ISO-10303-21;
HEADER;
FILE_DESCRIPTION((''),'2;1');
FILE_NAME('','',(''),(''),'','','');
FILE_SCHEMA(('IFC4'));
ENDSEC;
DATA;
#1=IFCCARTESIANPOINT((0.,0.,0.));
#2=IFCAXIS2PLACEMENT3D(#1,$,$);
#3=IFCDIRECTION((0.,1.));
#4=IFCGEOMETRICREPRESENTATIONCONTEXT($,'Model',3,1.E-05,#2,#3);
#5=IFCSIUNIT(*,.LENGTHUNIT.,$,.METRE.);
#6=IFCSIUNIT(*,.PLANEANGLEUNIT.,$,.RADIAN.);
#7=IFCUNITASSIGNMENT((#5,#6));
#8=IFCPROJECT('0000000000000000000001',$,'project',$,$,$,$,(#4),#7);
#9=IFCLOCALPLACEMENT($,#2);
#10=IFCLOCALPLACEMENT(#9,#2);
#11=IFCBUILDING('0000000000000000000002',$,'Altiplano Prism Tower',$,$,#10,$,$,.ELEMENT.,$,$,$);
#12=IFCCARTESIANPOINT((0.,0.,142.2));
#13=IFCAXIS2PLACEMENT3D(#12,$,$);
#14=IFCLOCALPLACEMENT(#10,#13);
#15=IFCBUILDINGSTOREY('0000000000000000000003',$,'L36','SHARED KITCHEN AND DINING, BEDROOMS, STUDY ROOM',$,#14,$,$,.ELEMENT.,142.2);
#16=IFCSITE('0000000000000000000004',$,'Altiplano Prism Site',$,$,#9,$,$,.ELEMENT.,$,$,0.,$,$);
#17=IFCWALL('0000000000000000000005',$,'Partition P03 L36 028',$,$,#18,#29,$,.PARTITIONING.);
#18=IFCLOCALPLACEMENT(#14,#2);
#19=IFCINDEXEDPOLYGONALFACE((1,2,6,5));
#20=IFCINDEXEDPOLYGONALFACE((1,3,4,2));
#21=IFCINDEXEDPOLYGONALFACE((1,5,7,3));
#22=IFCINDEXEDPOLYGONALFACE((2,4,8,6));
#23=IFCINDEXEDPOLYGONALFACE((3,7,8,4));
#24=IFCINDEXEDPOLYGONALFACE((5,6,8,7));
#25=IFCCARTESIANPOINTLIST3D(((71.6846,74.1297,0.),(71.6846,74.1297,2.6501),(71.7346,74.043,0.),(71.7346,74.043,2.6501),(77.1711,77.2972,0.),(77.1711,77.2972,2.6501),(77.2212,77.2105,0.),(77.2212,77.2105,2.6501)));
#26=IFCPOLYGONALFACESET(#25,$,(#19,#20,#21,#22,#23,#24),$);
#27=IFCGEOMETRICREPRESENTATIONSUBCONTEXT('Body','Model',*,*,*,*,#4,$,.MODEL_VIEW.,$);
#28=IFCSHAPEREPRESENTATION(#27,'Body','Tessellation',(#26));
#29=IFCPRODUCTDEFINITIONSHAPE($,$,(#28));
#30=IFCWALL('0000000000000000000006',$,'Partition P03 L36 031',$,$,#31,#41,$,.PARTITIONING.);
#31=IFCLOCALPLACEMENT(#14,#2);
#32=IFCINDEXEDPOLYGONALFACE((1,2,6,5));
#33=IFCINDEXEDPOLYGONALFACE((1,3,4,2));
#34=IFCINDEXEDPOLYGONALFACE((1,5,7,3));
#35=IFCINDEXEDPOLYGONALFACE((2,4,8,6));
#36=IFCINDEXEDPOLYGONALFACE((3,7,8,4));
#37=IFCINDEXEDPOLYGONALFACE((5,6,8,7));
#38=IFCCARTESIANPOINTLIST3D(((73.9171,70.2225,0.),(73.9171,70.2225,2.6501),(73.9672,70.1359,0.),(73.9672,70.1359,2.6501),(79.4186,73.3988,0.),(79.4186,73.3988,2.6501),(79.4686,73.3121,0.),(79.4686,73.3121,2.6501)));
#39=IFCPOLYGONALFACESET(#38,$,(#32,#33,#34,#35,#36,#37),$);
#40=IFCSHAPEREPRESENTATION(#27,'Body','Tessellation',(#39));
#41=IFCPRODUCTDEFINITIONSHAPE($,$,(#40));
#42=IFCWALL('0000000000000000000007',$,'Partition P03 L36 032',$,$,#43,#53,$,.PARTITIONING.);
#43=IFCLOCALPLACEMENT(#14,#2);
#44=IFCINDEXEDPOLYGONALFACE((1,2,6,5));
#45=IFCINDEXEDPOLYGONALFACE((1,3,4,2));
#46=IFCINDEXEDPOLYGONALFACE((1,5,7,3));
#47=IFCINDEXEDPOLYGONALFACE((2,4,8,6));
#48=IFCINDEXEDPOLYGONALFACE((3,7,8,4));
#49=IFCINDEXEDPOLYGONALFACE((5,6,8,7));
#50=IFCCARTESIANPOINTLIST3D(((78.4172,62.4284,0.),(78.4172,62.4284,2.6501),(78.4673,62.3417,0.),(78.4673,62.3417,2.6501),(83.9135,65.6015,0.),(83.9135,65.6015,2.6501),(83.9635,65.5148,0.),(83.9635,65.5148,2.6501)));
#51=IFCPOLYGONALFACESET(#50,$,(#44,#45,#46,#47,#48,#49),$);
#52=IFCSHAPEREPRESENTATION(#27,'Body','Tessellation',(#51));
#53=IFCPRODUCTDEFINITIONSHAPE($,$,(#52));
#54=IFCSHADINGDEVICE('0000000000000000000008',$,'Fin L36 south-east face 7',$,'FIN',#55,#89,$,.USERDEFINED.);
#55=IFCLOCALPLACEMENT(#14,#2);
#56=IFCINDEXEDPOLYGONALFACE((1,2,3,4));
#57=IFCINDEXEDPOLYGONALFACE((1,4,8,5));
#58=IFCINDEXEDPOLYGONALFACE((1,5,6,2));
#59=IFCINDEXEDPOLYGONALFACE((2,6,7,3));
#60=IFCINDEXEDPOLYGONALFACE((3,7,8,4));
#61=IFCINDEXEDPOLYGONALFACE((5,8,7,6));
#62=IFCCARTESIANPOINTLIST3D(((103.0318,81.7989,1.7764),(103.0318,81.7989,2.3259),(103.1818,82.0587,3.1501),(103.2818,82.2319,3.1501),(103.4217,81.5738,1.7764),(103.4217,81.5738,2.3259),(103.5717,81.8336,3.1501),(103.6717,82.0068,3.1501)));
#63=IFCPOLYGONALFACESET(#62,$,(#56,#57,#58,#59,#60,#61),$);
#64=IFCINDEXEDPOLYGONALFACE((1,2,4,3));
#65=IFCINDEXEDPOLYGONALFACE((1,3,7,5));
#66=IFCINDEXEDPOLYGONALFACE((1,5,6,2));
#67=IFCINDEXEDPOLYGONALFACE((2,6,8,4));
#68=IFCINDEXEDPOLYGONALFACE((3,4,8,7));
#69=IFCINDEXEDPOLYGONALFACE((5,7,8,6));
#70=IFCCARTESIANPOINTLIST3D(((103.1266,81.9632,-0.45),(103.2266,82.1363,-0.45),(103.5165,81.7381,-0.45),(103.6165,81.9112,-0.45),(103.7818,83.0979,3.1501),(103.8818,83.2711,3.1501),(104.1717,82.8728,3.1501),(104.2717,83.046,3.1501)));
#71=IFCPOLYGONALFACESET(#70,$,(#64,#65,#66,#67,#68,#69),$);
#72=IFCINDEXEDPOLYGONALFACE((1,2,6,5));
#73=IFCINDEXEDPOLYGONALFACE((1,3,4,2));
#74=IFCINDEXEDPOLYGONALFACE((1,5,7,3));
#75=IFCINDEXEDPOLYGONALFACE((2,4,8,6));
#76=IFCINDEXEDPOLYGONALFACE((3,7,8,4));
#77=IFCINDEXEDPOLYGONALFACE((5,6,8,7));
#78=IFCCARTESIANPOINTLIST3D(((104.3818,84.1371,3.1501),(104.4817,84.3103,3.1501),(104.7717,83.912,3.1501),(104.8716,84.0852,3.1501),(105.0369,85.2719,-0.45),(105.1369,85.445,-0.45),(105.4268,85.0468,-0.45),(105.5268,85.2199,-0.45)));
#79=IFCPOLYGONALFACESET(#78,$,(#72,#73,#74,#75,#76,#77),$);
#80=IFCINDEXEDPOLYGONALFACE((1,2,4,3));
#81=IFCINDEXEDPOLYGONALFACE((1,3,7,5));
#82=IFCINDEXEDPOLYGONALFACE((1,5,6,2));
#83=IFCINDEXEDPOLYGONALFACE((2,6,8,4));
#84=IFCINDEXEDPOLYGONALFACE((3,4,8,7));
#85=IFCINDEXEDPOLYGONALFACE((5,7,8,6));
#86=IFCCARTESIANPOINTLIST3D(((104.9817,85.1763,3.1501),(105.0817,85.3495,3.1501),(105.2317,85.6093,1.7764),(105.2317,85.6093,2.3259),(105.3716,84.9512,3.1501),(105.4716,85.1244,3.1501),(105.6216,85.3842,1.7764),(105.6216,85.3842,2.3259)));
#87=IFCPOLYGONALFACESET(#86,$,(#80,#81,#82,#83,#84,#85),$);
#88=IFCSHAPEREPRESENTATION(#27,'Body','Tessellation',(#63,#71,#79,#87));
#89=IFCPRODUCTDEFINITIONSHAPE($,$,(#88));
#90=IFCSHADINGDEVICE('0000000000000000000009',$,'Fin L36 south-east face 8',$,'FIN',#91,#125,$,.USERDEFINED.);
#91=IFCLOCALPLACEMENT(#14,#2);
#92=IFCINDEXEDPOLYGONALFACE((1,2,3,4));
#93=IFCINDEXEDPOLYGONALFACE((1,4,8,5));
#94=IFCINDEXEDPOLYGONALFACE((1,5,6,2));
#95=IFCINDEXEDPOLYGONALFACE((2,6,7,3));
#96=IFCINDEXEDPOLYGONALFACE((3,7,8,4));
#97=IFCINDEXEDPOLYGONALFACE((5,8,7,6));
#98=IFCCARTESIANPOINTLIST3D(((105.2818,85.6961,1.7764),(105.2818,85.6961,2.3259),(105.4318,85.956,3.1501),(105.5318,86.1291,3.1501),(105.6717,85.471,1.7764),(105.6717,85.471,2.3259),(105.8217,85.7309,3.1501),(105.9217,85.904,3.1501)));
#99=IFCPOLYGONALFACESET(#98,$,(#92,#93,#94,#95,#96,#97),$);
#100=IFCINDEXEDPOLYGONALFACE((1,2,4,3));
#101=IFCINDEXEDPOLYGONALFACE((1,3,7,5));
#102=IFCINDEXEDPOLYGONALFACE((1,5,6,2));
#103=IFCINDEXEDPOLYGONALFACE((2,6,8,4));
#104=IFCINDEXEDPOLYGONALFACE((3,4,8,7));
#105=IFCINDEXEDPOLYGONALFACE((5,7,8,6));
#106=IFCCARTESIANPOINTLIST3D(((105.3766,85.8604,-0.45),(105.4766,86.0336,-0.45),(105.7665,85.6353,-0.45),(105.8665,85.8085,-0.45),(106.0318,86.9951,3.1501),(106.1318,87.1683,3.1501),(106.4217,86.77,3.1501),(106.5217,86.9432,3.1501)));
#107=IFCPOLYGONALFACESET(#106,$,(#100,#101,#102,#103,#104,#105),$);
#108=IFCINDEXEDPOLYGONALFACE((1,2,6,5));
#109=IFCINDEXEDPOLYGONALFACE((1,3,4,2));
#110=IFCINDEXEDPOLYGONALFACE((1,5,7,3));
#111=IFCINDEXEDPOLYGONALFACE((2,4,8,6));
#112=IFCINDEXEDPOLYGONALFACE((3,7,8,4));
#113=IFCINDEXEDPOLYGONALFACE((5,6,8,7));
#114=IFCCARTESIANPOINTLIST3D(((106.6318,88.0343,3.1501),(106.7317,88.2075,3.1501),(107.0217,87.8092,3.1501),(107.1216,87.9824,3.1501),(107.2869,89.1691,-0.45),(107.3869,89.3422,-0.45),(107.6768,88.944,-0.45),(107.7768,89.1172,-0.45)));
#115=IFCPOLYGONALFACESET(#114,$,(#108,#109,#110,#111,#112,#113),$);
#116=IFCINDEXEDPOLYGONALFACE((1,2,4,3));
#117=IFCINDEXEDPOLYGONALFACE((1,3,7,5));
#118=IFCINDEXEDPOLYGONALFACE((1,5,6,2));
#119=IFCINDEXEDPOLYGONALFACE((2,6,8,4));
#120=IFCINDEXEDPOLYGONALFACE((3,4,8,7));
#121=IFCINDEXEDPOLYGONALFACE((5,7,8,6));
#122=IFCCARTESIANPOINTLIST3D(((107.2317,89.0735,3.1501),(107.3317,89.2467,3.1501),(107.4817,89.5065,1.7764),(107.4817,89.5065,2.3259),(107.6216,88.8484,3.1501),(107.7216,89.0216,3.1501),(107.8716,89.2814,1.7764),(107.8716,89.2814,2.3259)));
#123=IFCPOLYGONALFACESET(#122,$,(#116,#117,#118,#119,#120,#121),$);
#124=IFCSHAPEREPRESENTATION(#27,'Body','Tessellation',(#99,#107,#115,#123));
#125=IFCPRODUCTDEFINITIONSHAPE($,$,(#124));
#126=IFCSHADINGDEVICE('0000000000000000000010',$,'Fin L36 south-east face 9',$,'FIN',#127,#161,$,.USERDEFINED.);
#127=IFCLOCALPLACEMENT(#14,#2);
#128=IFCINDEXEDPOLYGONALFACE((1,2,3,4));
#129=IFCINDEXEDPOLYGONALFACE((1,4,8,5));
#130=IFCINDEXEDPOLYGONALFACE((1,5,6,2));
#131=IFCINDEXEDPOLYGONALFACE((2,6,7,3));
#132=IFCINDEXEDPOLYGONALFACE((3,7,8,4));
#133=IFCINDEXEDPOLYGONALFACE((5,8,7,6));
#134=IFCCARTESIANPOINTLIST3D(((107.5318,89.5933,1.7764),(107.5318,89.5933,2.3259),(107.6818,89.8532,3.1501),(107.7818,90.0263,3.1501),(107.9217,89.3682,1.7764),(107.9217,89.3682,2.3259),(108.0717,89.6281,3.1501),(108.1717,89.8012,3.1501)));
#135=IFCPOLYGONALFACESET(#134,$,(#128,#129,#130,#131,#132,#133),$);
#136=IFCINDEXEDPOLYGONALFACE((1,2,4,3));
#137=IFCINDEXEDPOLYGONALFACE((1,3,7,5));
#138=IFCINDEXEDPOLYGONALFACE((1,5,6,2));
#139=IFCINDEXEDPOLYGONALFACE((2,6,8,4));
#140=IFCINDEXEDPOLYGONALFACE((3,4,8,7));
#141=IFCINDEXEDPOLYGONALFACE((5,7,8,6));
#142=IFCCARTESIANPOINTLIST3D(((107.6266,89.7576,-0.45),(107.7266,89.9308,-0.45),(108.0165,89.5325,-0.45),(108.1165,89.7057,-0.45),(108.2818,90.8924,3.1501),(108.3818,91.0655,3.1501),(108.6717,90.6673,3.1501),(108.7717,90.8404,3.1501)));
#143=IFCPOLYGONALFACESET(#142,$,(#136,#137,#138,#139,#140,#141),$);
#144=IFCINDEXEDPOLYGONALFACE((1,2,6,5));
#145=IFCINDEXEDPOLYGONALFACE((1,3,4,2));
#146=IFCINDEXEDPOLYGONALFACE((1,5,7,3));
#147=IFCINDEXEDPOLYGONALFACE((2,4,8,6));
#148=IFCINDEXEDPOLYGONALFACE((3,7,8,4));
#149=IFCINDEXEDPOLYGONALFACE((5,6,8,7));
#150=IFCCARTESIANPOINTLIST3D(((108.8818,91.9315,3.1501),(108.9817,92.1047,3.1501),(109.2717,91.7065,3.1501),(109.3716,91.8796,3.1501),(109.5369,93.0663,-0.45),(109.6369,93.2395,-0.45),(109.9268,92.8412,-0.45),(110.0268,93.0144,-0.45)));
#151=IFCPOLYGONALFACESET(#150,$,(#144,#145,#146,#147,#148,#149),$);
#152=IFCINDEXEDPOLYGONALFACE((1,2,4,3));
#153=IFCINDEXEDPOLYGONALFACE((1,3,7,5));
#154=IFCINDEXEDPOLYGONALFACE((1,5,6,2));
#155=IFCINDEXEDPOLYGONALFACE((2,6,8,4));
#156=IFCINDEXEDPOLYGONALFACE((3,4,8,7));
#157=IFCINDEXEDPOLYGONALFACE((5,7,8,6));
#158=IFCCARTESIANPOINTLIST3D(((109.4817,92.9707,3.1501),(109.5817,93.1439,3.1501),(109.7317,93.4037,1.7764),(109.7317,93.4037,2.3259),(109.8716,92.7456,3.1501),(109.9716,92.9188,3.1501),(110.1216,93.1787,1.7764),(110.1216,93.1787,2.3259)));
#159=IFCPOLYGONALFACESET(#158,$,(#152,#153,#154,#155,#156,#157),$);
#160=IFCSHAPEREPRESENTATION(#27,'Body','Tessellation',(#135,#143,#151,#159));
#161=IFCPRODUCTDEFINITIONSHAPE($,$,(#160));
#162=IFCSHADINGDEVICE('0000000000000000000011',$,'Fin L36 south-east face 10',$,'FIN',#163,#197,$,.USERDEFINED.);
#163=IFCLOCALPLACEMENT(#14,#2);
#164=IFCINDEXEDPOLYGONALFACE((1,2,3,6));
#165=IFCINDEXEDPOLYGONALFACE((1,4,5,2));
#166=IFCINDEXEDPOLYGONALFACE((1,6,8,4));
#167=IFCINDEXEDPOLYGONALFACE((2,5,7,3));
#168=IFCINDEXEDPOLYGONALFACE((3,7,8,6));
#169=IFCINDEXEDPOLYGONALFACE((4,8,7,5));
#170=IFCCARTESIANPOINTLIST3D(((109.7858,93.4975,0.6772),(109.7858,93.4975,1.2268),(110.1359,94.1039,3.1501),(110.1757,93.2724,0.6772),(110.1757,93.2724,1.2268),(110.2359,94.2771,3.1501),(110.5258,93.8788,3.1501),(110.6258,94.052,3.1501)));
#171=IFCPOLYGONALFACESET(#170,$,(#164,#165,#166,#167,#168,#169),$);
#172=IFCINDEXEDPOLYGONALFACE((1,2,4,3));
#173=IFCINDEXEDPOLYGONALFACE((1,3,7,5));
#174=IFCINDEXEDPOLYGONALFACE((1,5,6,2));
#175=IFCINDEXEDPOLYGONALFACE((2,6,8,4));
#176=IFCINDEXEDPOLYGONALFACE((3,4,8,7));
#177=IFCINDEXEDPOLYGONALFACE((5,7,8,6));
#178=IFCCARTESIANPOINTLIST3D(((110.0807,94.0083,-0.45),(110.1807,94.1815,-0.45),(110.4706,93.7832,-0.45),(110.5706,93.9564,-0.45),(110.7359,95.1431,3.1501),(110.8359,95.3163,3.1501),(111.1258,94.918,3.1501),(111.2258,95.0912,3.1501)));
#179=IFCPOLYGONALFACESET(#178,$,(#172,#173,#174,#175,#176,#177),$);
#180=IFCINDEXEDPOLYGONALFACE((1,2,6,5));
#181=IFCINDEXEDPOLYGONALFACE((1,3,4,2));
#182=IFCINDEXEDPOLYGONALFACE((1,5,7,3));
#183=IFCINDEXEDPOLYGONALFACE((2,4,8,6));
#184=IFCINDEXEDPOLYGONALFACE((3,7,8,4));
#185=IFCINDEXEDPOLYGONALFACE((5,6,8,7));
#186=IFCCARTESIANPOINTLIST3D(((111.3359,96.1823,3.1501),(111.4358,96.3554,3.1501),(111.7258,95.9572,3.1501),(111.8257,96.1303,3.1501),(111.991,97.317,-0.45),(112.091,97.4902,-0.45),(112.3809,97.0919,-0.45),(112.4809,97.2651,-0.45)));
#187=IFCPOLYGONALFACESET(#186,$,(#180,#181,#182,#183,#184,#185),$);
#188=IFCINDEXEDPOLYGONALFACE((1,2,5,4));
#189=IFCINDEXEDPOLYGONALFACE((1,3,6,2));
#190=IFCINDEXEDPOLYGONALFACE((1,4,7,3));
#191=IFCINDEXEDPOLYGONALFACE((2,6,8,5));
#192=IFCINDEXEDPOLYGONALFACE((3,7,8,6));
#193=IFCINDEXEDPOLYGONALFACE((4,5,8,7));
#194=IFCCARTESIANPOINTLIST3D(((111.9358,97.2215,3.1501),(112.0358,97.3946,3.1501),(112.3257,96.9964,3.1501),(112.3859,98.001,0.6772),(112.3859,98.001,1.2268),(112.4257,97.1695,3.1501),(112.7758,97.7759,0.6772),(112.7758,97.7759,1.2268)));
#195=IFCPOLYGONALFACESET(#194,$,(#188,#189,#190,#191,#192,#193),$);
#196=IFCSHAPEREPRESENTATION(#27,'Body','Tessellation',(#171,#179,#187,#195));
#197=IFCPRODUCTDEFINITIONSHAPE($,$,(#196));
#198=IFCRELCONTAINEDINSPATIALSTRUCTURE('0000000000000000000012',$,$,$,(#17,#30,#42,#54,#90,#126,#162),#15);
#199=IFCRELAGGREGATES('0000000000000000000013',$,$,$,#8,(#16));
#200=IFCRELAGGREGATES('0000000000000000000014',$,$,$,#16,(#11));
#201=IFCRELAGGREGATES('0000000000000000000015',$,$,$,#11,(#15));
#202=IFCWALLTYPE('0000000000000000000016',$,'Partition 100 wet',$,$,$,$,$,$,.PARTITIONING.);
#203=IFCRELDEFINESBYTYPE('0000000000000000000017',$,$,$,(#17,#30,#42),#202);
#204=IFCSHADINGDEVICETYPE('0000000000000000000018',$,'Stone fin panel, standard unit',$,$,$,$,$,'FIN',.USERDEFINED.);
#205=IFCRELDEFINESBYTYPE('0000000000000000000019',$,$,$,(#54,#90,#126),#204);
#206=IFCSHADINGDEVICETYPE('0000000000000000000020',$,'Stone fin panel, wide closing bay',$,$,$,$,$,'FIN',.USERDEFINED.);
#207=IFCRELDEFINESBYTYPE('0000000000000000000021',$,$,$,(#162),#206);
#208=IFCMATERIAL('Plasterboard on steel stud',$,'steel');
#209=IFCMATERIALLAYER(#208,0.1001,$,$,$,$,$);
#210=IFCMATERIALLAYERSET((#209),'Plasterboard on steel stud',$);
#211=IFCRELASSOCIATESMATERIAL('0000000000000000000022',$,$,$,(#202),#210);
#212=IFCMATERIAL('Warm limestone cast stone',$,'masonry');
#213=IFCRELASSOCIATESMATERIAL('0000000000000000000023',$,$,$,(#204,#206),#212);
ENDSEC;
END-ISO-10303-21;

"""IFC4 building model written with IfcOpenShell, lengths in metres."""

from ifc_helpers import new_model, si_unit, direction, frame, frame_2d, origin, place, context, subcontext, project, spatial, polyline, rectangle, outline, extrude, source, transform, mapped, material, layer, layer_set, type_object, element, save


model = new_model("IFC4")

# Units and contexts
model_context = context("Model", 3, precision=1e-05, world=origin(), true_north=direction((0.0, 1.0)))
body_context = subcontext(model_context, "Body", "Model", "MODEL_VIEW")
ifc_project = project(units=[si_unit("LENGTHUNIT", "METRE"), si_unit("PLANEANGLEUNIT", "RADIAN")], contexts=[model_context])

# Site, building, storey
site_placement = place(None, origin())
site = spatial("IfcSite", under=ifc_project, at=site_placement, Name="Altiplano Prism Site", CompositionType="ELEMENT", RefElevation=0.0)
building_placement = place(site_placement, origin())
building = spatial("IfcBuilding", under=site, at=building_placement, Name="Altiplano Prism Tower", CompositionType="ELEMENT")
storey_placement = place(building_placement, frame((0.0, 0.0, 142.2)))
storey = spatial("IfcBuildingStorey", under=building, at=storey_placement, Name="L36", Description="SHARED KITCHEN AND DINING, BEDROOMS, STUDY ROOM", CompositionType="ELEMENT", Elevation=142.2)

# Shared definitions
ifc_material_1 = material(Name="Plasterboard on steel stud", Category="steel")

# Walls
ifc_layer_1 = layer(ifc_material_1, 0.1001)
ifc_layer_set_1 = layer_set([ifc_layer_1], Name="Plasterboard on steel stud")
wall_type_1 = type_object("IfcWallType", Name="Partition 100 wet", PredefinedType="PARTITIONING", material=ifc_layer_set_1)
wall_1_placement = place(storey_placement, frame((71.7097, 74.0864, 0.0), z_axis=(0.0, 0.0, 1.0), x_axis=(0.866039, 0.499977, 0.0)))
element("IfcWall", 1, at=wall_1_placement, inside=storey, type_object=wall_type_1, Name="Partition P03 L36 028", PredefinedType="PARTITIONING", context=body_context, shape_type="SweptSolid", body=[
    extrude(rectangle(XDim=6.3352, YDim=0.1001, at=frame_2d((3.1675, 0.0))), origin(), (0.0, 0.0, 1.0), 2.6501),
])
wall_2_placement = place(storey_placement, frame((73.9421, 70.1792, 0.0), z_axis=(0.0, 0.0, 1.0), x_axis=(0.866026, 0.5, 0.0)))
element("IfcWall", 2, at=wall_2_placement, inside=storey, type_object=wall_type_1, Name="Partition P03 L36 031", PredefinedType="PARTITIONING", context=body_context, shape_type="SweptSolid", body=[
    extrude(rectangle(XDim=6.3525, YDim=0.1001, at=frame_2d((3.1763, 0.0))), origin(), (0.0, 0.0, 1.0), 2.6501),
])
wall_3_placement = place(storey_placement, frame((78.4421, 62.385, 0.0), z_axis=(0.0, 0.0, 1.0), x_axis=(0.86604, 0.499974, 0.0)))
element("IfcWall", 3, at=wall_3_placement, inside=storey, type_object=wall_type_1, Name="Partition P03 L36 032", PredefinedType="PARTITIONING", context=body_context, shape_type="SweptSolid", body=[
    extrude(rectangle(XDim=6.3464, YDim=0.1001, at=frame_2d((3.1733, 0.0))), origin(), (0.0, 0.0, 1.0), 2.6501),
])

# Shading devices
ifc_material_2 = material(Name="Warm limestone cast stone", Category="masonry")
shading_device_type_1 = type_object("IfcShadingDeviceType", Name="Stone fin panel, standard unit", ElementType="FIN", PredefinedType="USERDEFINED", material=ifc_material_2)
shared_shape_1 = source(origin(), body_context, "Body", "SweptSolid", [
    extrude(outline(polyline([(-2.2, 2.2263), (-1.7, 3.6001), (-1.8999, 3.6001), (-2.2, 2.7759), (-2.2, 2.2263)])), frame((0.0, -0.1499, 0.0), z_axis=(0.0, -1.0, 0.0), x_axis=(1.0, 0.0, 0.0)), (0.0, 0.0, 1.0), 0.4502),
    extrude(outline(polyline([(-2.0103, 0.0), (-1.8103, 0.0), (-0.5, 3.6001), (-0.7, 3.6001), (-2.0103, 0.0)])), frame((0.0, -0.1499, 0.0), z_axis=(0.0, -1.0, 0.0), x_axis=(1.0, 0.0, 0.0)), (0.0, 0.0, 1.0), 0.4502),
    extrude(outline(polyline([(1.8103, 0.0), (2.0103, 0.0), (0.7, 3.6001), (0.5, 3.6001), (1.8103, 0.0)])), frame((0.0, -0.1499, 0.0), z_axis=(0.0, -1.0, 0.0), x_axis=(1.0, 0.0, 0.0)), (0.0, 0.0, 1.0), 0.4502),
    extrude(outline(polyline([(2.2, 2.7759), (1.8999, 3.6001), (1.7, 3.6001), (2.2, 2.2263), (2.2, 2.7759)])), frame((0.0, -0.1499, 0.0), z_axis=(0.0, -1.0, 0.0), x_axis=(1.0, 0.0, 0.0)), (0.0, 0.0, 1.0), 0.4502),
])
shading_device_1_placement = place(storey_placement, origin())
element("IfcShadingDevice", 4, at=shading_device_1_placement, inside=storey, type_object=shading_device_type_1, Name="Fin L36 south-east face 7", ObjectType="FIN", PredefinedType="USERDEFINED", context=body_context, shape_type="MappedRepresentation", body=[
    mapped(shared_shape_1, transform((104.002, 83.7791, -0.45), x_axis=(0.5, 0.866025, 0.0), y_axis=(-0.866025, 0.5, 0.0), z_axis=(0.0, 0.0, 1.0))),
])
shading_device_2_placement = place(storey_placement, origin())
element("IfcShadingDevice", 5, at=shading_device_2_placement, inside=storey, type_object=shading_device_type_1, Name="Fin L36 south-east face 8", ObjectType="FIN", PredefinedType="USERDEFINED", context=body_context, shape_type="MappedRepresentation", body=[
    mapped(shared_shape_1, transform((106.252, 87.6763, -0.45), x_axis=(0.5, 0.866025, 0.0), y_axis=(-0.866025, 0.5, 0.0), z_axis=(0.0, 0.0, 1.0))),
])
shading_device_3_placement = place(storey_placement, origin())
element("IfcShadingDevice", 6, at=shading_device_3_placement, inside=storey, type_object=shading_device_type_1, Name="Fin L36 south-east face 9", ObjectType="FIN", PredefinedType="USERDEFINED", context=body_context, shape_type="MappedRepresentation", body=[
    mapped(shared_shape_1, transform((108.502, 91.5735, -0.45), x_axis=(0.5, 0.866025, 0.0), y_axis=(-0.866025, 0.5, 0.0), z_axis=(0.0, 0.0, 1.0))),
])
shading_device_type_2 = type_object("IfcShadingDeviceType", Name="Stone fin panel, wide closing bay", ElementType="FIN", PredefinedType="USERDEFINED", material=ifc_material_2)
shared_shape_2 = source(origin(), body_context, "Body", "SweptSolid", [
    extrude(outline(polyline([(-2.6001, 1.1272), (-1.7, 3.6001), (-1.8999, 3.6001), (-2.6001, 1.6768), (-2.6001, 1.1272)])), frame((0.0, -0.1499, 0.0), z_axis=(0.0, -1.0, 0.0), x_axis=(1.0, 0.0, 0.0)), (0.0, 0.0, 1.0), 0.4502),
    extrude(outline(polyline([(-2.0103, 0.0), (-1.8103, 0.0), (-0.5, 3.6001), (-0.7, 3.6001), (-2.0103, 0.0)])), frame((0.0, -0.1499, 0.0), z_axis=(0.0, -1.0, 0.0), x_axis=(1.0, 0.0, 0.0)), (0.0, 0.0, 1.0), 0.4502),
    extrude(outline(polyline([(1.8103, 0.0), (2.0103, 0.0), (0.7, 3.6001), (0.5, 3.6001), (1.8103, 0.0)])), frame((0.0, -0.1499, 0.0), z_axis=(0.0, -1.0, 0.0), x_axis=(1.0, 0.0, 0.0)), (0.0, 0.0, 1.0), 0.4502),
    extrude(outline(polyline([(2.6001, 1.6768), (1.8999, 3.6001), (1.7, 3.6001), (2.6001, 1.1272), (2.6001, 1.6768)])), frame((0.0, -0.1499, 0.0), z_axis=(0.0, -1.0, 0.0), x_axis=(1.0, 0.0, 0.0)), (0.0, 0.0, 1.0), 0.4502),
])
shading_device_4_placement = place(storey_placement, origin())
element("IfcShadingDevice", 7, at=shading_device_4_placement, inside=storey, type_object=shading_device_type_2, Name="Fin L36 south-east face 10", ObjectType="FIN", PredefinedType="USERDEFINED", context=body_context, shape_type="MappedRepresentation", body=[
    mapped(shared_shape_2, transform((110.9561, 95.8242, -0.45), x_axis=(0.5, 0.866025, 0.0), y_axis=(-0.866025, 0.5, 0.0), z_axis=(0.0, 0.0, 1.0))),
])

save(model, "model.ifc")
